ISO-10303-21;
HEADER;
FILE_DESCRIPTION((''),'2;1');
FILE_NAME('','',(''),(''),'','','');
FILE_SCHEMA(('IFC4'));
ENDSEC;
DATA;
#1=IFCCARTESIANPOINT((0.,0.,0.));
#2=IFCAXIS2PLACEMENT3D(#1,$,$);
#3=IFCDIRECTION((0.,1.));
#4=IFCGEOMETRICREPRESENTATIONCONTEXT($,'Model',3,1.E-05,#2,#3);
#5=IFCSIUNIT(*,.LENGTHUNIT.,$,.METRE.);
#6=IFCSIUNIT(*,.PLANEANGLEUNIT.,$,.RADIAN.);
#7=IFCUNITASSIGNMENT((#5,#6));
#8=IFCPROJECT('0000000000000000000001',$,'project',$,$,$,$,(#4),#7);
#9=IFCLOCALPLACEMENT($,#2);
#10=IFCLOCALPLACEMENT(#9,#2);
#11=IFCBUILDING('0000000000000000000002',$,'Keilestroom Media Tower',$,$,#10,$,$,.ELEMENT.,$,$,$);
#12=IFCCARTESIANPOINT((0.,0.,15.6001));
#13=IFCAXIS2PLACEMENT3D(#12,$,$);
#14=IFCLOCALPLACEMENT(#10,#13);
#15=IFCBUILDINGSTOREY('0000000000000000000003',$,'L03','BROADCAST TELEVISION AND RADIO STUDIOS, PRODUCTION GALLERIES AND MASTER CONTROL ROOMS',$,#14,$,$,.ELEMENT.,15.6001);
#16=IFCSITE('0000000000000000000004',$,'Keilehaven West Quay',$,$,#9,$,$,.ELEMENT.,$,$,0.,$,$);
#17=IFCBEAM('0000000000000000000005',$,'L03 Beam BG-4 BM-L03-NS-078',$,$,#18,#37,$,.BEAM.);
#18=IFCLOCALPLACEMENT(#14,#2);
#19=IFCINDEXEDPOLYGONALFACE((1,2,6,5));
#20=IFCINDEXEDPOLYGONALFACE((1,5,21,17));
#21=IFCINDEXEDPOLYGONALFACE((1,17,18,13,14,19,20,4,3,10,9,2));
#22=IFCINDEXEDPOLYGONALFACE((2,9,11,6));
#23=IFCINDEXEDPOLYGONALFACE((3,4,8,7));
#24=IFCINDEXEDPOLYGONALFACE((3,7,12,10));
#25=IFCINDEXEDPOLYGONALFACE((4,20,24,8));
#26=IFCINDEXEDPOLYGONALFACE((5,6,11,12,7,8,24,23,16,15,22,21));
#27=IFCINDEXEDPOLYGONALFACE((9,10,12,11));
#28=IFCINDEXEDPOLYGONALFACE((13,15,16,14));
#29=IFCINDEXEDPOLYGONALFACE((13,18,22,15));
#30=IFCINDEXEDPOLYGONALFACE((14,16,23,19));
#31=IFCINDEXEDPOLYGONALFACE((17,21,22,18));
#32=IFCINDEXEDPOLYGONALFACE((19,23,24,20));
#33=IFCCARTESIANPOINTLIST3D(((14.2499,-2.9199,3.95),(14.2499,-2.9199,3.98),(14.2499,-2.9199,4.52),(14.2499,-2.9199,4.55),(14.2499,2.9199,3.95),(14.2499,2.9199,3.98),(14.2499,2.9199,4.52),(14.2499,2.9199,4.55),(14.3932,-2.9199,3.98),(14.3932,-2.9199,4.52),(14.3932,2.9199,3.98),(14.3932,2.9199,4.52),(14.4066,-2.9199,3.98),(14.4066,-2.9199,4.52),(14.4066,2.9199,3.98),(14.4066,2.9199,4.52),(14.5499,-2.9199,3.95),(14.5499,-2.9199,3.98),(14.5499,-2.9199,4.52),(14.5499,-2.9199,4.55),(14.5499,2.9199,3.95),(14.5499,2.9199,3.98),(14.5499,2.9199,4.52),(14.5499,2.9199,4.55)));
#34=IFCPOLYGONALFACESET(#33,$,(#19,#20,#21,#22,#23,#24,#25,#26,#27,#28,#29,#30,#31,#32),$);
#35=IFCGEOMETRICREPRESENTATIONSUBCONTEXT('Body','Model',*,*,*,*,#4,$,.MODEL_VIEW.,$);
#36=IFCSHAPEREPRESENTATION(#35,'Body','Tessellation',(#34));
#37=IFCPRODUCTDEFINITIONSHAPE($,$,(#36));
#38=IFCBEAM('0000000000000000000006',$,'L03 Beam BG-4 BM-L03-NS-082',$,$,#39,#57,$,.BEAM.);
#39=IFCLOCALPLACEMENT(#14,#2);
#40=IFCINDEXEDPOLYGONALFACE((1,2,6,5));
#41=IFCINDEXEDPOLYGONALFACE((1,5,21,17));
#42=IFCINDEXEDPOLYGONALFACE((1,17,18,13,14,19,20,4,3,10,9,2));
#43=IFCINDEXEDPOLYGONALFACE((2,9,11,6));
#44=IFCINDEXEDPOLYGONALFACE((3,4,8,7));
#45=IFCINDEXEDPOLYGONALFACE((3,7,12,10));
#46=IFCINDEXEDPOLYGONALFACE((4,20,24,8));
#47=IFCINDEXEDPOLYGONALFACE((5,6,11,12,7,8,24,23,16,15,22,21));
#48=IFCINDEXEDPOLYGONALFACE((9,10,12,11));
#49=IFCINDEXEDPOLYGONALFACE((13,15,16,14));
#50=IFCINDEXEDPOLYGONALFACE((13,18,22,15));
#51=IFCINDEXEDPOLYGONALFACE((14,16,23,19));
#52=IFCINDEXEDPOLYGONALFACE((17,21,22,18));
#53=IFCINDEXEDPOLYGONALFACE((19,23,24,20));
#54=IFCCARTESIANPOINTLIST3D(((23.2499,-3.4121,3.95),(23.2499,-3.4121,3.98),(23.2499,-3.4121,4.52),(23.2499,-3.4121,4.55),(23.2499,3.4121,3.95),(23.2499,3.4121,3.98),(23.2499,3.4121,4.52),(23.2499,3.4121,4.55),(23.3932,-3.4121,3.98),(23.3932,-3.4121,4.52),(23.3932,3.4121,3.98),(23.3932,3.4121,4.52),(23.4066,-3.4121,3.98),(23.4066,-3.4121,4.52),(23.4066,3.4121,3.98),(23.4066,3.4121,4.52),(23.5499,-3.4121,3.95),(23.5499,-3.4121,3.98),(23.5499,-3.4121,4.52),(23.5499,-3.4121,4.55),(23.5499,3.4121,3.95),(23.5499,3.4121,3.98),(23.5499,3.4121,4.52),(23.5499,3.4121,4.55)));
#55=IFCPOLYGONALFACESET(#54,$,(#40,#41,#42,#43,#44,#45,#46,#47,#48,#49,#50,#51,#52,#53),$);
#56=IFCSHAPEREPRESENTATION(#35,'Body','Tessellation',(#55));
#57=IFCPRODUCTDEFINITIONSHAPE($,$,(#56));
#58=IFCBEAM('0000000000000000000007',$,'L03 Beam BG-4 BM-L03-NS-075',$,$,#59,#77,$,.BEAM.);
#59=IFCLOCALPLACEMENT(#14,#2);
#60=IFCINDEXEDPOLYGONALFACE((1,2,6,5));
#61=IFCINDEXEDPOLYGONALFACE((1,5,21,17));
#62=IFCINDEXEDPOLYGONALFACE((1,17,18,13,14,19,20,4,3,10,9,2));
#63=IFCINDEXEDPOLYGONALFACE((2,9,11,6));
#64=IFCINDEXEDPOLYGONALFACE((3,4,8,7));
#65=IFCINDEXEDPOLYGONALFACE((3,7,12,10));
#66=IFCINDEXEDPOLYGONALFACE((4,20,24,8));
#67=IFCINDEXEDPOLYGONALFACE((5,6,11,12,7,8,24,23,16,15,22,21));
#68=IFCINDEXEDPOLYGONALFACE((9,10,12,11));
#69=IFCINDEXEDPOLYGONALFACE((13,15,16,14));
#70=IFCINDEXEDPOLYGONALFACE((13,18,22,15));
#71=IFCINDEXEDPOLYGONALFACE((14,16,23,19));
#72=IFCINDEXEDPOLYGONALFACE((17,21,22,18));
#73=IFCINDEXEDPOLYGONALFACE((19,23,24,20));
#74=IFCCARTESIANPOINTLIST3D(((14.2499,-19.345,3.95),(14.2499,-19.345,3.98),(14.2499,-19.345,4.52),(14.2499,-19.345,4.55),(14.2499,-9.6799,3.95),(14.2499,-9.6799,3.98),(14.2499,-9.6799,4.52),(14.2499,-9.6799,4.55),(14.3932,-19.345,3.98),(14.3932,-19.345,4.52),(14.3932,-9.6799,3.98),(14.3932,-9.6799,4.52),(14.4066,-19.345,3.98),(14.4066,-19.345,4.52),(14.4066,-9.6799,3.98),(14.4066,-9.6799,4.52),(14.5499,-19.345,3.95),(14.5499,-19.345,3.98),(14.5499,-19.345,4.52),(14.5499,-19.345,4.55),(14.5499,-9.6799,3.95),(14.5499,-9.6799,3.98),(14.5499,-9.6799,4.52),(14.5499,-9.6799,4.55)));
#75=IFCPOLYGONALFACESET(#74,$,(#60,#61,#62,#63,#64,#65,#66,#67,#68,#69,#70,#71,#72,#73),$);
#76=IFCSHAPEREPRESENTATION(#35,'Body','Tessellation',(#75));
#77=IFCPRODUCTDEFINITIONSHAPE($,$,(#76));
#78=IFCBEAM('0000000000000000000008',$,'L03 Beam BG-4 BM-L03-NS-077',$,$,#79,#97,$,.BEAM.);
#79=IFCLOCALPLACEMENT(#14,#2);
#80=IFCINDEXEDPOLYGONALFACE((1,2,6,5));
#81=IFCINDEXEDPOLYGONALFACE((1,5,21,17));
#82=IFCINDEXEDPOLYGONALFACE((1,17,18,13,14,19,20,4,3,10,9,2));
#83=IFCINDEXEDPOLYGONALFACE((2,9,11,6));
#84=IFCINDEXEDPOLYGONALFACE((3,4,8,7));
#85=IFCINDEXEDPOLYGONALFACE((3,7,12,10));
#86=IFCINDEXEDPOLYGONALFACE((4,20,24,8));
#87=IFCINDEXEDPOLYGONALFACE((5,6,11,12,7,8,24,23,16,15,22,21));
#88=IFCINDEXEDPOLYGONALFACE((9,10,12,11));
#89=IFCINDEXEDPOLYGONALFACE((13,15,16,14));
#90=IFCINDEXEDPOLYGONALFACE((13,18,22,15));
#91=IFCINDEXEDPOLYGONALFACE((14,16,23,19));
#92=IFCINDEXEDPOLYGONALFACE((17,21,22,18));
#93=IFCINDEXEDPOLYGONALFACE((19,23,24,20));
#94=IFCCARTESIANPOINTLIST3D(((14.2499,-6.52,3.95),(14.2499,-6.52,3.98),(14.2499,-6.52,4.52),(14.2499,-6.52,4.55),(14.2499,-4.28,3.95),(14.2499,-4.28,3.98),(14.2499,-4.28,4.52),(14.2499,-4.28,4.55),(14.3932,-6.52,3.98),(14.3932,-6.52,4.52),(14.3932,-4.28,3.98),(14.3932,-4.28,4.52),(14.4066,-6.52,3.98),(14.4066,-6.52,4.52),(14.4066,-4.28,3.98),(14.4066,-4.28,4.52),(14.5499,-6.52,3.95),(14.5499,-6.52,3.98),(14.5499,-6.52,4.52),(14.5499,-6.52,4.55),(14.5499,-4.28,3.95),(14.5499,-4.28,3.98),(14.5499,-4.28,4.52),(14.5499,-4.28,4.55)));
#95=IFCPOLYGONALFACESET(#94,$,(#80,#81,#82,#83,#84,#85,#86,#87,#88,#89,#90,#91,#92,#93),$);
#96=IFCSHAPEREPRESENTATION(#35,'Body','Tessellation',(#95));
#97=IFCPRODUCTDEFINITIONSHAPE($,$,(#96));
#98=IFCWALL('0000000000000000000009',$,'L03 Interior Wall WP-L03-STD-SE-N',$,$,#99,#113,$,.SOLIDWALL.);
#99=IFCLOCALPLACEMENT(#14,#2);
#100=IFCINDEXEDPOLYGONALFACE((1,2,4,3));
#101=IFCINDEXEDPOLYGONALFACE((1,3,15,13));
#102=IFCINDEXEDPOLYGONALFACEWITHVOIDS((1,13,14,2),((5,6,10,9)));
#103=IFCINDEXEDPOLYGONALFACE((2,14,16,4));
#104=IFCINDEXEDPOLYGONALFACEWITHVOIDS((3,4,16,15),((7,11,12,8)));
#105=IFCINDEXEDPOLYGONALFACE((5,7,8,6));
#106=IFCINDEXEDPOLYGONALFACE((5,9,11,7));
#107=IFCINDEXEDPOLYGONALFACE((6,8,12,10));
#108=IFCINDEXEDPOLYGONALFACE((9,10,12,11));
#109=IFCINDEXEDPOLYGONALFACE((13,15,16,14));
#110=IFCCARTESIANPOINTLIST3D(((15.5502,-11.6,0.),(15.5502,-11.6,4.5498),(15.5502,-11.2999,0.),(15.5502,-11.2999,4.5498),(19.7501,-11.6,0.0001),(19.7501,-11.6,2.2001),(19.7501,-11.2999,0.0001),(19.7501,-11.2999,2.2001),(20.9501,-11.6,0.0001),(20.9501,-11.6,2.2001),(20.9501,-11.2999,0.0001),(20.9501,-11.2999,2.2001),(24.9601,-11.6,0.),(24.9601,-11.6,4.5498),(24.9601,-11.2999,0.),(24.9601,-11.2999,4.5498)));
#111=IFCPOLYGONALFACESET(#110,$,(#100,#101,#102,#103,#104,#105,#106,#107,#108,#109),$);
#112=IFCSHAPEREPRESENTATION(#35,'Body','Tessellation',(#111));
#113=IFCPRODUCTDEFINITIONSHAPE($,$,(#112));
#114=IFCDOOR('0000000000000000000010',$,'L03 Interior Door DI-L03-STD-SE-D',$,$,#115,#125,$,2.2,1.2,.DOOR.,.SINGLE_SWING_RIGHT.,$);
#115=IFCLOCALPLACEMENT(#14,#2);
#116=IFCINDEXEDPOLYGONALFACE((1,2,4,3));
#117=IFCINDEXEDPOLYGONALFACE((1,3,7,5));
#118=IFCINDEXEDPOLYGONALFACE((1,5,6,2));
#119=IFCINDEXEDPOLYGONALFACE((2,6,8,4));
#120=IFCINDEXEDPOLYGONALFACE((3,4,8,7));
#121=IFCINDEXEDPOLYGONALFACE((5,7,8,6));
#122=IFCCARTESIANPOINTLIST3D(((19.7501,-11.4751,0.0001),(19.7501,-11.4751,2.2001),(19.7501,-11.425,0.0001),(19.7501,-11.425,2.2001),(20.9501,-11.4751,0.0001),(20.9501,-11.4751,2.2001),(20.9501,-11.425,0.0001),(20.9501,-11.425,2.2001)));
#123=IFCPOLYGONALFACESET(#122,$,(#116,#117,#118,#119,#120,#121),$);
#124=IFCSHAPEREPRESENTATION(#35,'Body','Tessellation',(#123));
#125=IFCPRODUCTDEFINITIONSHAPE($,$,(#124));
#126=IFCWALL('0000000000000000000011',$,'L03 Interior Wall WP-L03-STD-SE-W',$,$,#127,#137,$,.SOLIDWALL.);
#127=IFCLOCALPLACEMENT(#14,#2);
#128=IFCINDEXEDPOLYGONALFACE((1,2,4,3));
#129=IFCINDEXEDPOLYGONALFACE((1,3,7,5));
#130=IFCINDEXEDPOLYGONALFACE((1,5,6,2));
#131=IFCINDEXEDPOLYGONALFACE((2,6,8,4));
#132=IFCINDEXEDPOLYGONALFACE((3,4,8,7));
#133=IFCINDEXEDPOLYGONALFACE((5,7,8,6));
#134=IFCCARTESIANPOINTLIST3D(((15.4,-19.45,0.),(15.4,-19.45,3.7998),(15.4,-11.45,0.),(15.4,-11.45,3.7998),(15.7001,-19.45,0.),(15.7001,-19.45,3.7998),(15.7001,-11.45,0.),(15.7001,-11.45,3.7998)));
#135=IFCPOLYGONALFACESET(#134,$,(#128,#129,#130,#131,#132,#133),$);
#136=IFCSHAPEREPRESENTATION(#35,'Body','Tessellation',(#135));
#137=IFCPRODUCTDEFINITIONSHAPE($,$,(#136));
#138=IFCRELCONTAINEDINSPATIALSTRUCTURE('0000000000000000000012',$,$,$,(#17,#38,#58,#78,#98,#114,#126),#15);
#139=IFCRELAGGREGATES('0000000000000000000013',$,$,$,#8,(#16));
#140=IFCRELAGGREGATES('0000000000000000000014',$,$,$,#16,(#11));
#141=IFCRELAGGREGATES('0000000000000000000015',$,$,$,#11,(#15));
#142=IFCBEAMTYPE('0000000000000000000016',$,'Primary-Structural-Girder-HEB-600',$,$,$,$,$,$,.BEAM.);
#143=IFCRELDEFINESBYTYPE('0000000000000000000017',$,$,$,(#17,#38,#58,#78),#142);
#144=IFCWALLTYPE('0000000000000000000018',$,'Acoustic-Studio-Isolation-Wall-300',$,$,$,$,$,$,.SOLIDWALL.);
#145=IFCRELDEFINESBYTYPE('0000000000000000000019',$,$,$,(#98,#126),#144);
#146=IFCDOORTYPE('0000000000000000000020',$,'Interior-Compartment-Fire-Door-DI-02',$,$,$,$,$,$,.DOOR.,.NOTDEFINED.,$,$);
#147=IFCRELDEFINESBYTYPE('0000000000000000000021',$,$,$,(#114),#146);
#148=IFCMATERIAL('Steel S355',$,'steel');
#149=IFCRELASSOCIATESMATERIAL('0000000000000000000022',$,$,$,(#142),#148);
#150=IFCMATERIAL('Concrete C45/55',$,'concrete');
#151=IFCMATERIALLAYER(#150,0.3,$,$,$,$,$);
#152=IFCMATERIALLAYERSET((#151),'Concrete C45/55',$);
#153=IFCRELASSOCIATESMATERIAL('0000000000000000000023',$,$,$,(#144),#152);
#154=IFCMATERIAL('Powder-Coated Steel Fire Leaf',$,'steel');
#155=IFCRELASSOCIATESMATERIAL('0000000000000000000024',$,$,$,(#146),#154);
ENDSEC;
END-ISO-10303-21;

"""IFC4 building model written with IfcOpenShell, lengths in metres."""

from ifc_helpers import new_model, si_unit, direction, frame, frame_2d, origin, origin_2d, place, context, subcontext, project, spatial, rectangle, i_section, extrude, source, transform, mapped, material, layer, layer_set, material_profile, profile_set, type_object, element, fill, save


model = new_model("IFC4")

# Units and contexts
model_context = context("Model", 3, precision=1e-05, world=origin(), true_north=direction((0.0, 1.0)))
body_context = subcontext(model_context, "Body", "Model", "MODEL_VIEW")
ifc_project = project(units=[si_unit("LENGTHUNIT", "METRE"), si_unit("PLANEANGLEUNIT", "RADIAN")], contexts=[model_context])

# Site, building, storey
site_placement = place(None, origin())
site = spatial("IfcSite", under=ifc_project, at=site_placement, Name="Keilehaven West Quay", CompositionType="ELEMENT", RefElevation=0.0)
building_placement = place(site_placement, origin())
building = spatial("IfcBuilding", under=site, at=building_placement, Name="Keilestroom Media Tower", CompositionType="ELEMENT")
storey_placement = place(building_placement, frame((0.0, 0.0, 15.6001)))
storey = spatial("IfcBuildingStorey", under=building, at=storey_placement, Name="L03", Description="BROADCAST TELEVISION AND RADIO STUDIOS, PRODUCTION GALLERIES AND MASTER CONTROL ROOMS", CompositionType="ELEMENT", Elevation=15.6001)

# Beams
ifc_material_1 = material(Name="Steel S355", Category="steel")
ifc_material_profile_1 = material_profile(ifc_material_1, i_section(OverallWidth=0.3, OverallDepth=0.6001, WebThickness=0.0134, FlangeThickness=0.03, at=origin_2d()), Name="HEB 600")
ifc_profile_set_1 = profile_set([ifc_material_profile_1], Name="Steel S355")
beam_type_1 = type_object("IfcBeamType", Name="Primary-Structural-Girder-HEB-600", PredefinedType="BEAM", material=ifc_profile_set_1)
shared_shape_1 = source(origin(), body_context, "Body", "SweptSolid", [
    extrude(i_section(OverallWidth=0.3, OverallDepth=0.6001, WebThickness=0.0134, FlangeThickness=0.03, at=origin_2d()), origin(), (0.0, 0.0, 1.0), 5.8398),
])
beam_1_placement = place(storey_placement, frame((14.3999, -2.9199, 4.25), z_axis=(0.0, 1.0, 0.0), x_axis=(-1.0, 0.0, 0.0)))
element("IfcBeam", 1, at=beam_1_placement, inside=storey, type_object=beam_type_1, Name="L03 Beam BG-4 BM-L03-NS-078", PredefinedType="BEAM", context=body_context, shape_type="MappedRepresentation", body=[
    mapped(shared_shape_1, transform((0.0, 0.0, 0.0), x_axis=(1.0, 0.0, 0.0), y_axis=(0.0, 1.0, 0.0), z_axis=(0.0, 0.0, 1.0), scale=1.0)),
])
shared_shape_2 = source(origin(), body_context, "Body", "SweptSolid", [
    extrude(i_section(OverallWidth=0.3, OverallDepth=0.6001, WebThickness=0.0134, FlangeThickness=0.03, at=origin_2d()), origin(), (0.0, 0.0, 1.0), 6.8242),
])
beam_2_placement = place(storey_placement, frame((23.3999, -3.4121, 4.25), z_axis=(0.0, 1.0, 0.0), x_axis=(-1.0, 0.0, 0.0)))
element("IfcBeam", 2, at=beam_2_placement, inside=storey, type_object=beam_type_1, Name="L03 Beam BG-4 BM-L03-NS-082", PredefinedType="BEAM", context=body_context, shape_type="MappedRepresentation", body=[
    mapped(shared_shape_2, transform((0.0, 0.0, 0.0), x_axis=(1.0, 0.0, 0.0), y_axis=(0.0, 1.0, 0.0), z_axis=(0.0, 0.0, 1.0), scale=1.0)),
])
shared_shape_3 = source(origin(), body_context, "Body", "SweptSolid", [
    extrude(i_section(OverallWidth=0.3, OverallDepth=0.6001, WebThickness=0.0134, FlangeThickness=0.03, at=origin_2d()), origin(), (0.0, 0.0, 1.0), 9.665),
])
beam_3_placement = place(storey_placement, frame((14.3999, -19.345, 4.25), z_axis=(0.0, 1.0, 0.0), x_axis=(-1.0, 0.0, 0.0)))
element("IfcBeam", 3, at=beam_3_placement, inside=storey, type_object=beam_type_1, Name="L03 Beam BG-4 BM-L03-NS-075", PredefinedType="BEAM", context=body_context, shape_type="MappedRepresentation", body=[
    mapped(shared_shape_3, transform((0.0, 0.0, 0.0), x_axis=(1.0, 0.0, 0.0), y_axis=(0.0, 1.0, 0.0), z_axis=(0.0, 0.0, 1.0), scale=1.0)),
])
shared_shape_4 = source(origin(), body_context, "Body", "SweptSolid", [
    extrude(i_section(OverallWidth=0.3, OverallDepth=0.6001, WebThickness=0.0134, FlangeThickness=0.03, at=origin_2d()), origin(), (0.0, 0.0, 1.0), 2.24),
])
beam_4_placement = place(storey_placement, frame((14.3999, -6.52, 4.25), z_axis=(0.0, 1.0, 0.0), x_axis=(-1.0, 0.0, 0.0)))
element("IfcBeam", 4, at=beam_4_placement, inside=storey, type_object=beam_type_1, Name="L03 Beam BG-4 BM-L03-NS-077", PredefinedType="BEAM", context=body_context, shape_type="MappedRepresentation", body=[
    mapped(shared_shape_4, transform((0.0, 0.0, 0.0), x_axis=(1.0, 0.0, 0.0), y_axis=(0.0, 1.0, 0.0), z_axis=(0.0, 0.0, 1.0), scale=1.0)),
])

# Wall, opening, door
ifc_material_2 = material(Name="Concrete C45/55", Category="concrete")
ifc_layer_1 = layer(ifc_material_2, 0.3)
ifc_layer_set_1 = layer_set([ifc_layer_1], Name="Concrete C45/55")
wall_type_1 = type_object("IfcWallType", Name="Acoustic-Studio-Isolation-Wall-300", PredefinedType="SOLIDWALL", material=ifc_layer_set_1)
wall_1_placement = place(storey_placement, frame((15.55, -11.45, 0.0), z_axis=(0.0, 0.0, 1.0), x_axis=(1.0, 0.0, 0.0)))
wall_1 = element("IfcWall", 5, at=wall_1_placement, inside=storey, type_object=wall_type_1, Name="L03 Interior Wall WP-L03-STD-SE-N", PredefinedType="SOLIDWALL", context=body_context, shape_type="SweptSolid", body=[
    extrude(rectangle(XDim=9.4099, YDim=0.3, at=frame_2d((4.7051, 0.0))), origin(), (0.0, 0.0, 1.0), 4.5498),
])
opening_1_placement = place(wall_1_placement, frame((4.2, 0.0, 0.0)))
opening_1 = element("IfcOpeningElement", 6, at=opening_1_placement, cuts=wall_1, PredefinedType="OPENING", context=body_context, shape_type="SweptSolid", body=[
    extrude(rectangle(XDim=1.2, YDim=2.2, at=frame_2d((0.6001, 1.1001))), frame((0.0, 0.1602, 0.0), z_axis=(0.0, -1.0, 0.0), x_axis=(1.0, 0.0, 0.0)), (0.0, 0.0, 1.0), 0.3201),
])
ifc_material_3 = material(Name="Powder-Coated Steel Fire Leaf", Category="steel")
door_type = type_object("IfcDoorType", Name="Interior-Compartment-Fire-Door-DI-02", OperationType="NOTDEFINED", PredefinedType="DOOR", material=ifc_material_3)
shared_shape_5 = source(origin(), body_context, "Body", "SweptSolid", [
    extrude(rectangle(XDim=1.2, YDim=2.2, at=frame_2d((0.6001, 1.1001))), frame((0.0, 0.0249, 0.0), z_axis=(0.0, -1.0, 0.0), x_axis=(1.0, 0.0, 0.0)), (0.0, 0.0, 1.0), 0.05),
])
door_placement = place(opening_1_placement, origin())
door = element("IfcDoor", 7, at=door_placement, inside=storey, type_object=door_type, Name="L03 Interior Door DI-L03-STD-SE-D", OperationType="SINGLE_SWING_RIGHT", OverallHeight=2.2, OverallWidth=1.2, PredefinedType="DOOR", context=body_context, shape_type="MappedRepresentation", body=[
    mapped(shared_shape_5, transform((0.0, 0.0, 0.0), x_axis=(1.0, 0.0, 0.0), y_axis=(0.0, 1.0, 0.0), z_axis=(0.0, 0.0, 1.0), scale=1.0)),
])
fill(opening_1, door)

# Wall
wall_2_placement = place(storey_placement, frame((15.55, -19.45, 0.0), z_axis=(0.0, 0.0, 1.0), x_axis=(0.0, 1.0, 0.0)))
element("IfcWall", 8, at=wall_2_placement, inside=storey, type_object=wall_type_1, Name="L03 Interior Wall WP-L03-STD-SE-W", PredefinedType="SOLIDWALL", context=body_context, shape_type="SweptSolid", body=[
    extrude(rectangle(XDim=8.0, YDim=0.3, at=frame_2d((4.0, 0.0))), origin(), (0.0, 0.0, 1.0), 3.7998),
])

save(model, "model.ifc")
